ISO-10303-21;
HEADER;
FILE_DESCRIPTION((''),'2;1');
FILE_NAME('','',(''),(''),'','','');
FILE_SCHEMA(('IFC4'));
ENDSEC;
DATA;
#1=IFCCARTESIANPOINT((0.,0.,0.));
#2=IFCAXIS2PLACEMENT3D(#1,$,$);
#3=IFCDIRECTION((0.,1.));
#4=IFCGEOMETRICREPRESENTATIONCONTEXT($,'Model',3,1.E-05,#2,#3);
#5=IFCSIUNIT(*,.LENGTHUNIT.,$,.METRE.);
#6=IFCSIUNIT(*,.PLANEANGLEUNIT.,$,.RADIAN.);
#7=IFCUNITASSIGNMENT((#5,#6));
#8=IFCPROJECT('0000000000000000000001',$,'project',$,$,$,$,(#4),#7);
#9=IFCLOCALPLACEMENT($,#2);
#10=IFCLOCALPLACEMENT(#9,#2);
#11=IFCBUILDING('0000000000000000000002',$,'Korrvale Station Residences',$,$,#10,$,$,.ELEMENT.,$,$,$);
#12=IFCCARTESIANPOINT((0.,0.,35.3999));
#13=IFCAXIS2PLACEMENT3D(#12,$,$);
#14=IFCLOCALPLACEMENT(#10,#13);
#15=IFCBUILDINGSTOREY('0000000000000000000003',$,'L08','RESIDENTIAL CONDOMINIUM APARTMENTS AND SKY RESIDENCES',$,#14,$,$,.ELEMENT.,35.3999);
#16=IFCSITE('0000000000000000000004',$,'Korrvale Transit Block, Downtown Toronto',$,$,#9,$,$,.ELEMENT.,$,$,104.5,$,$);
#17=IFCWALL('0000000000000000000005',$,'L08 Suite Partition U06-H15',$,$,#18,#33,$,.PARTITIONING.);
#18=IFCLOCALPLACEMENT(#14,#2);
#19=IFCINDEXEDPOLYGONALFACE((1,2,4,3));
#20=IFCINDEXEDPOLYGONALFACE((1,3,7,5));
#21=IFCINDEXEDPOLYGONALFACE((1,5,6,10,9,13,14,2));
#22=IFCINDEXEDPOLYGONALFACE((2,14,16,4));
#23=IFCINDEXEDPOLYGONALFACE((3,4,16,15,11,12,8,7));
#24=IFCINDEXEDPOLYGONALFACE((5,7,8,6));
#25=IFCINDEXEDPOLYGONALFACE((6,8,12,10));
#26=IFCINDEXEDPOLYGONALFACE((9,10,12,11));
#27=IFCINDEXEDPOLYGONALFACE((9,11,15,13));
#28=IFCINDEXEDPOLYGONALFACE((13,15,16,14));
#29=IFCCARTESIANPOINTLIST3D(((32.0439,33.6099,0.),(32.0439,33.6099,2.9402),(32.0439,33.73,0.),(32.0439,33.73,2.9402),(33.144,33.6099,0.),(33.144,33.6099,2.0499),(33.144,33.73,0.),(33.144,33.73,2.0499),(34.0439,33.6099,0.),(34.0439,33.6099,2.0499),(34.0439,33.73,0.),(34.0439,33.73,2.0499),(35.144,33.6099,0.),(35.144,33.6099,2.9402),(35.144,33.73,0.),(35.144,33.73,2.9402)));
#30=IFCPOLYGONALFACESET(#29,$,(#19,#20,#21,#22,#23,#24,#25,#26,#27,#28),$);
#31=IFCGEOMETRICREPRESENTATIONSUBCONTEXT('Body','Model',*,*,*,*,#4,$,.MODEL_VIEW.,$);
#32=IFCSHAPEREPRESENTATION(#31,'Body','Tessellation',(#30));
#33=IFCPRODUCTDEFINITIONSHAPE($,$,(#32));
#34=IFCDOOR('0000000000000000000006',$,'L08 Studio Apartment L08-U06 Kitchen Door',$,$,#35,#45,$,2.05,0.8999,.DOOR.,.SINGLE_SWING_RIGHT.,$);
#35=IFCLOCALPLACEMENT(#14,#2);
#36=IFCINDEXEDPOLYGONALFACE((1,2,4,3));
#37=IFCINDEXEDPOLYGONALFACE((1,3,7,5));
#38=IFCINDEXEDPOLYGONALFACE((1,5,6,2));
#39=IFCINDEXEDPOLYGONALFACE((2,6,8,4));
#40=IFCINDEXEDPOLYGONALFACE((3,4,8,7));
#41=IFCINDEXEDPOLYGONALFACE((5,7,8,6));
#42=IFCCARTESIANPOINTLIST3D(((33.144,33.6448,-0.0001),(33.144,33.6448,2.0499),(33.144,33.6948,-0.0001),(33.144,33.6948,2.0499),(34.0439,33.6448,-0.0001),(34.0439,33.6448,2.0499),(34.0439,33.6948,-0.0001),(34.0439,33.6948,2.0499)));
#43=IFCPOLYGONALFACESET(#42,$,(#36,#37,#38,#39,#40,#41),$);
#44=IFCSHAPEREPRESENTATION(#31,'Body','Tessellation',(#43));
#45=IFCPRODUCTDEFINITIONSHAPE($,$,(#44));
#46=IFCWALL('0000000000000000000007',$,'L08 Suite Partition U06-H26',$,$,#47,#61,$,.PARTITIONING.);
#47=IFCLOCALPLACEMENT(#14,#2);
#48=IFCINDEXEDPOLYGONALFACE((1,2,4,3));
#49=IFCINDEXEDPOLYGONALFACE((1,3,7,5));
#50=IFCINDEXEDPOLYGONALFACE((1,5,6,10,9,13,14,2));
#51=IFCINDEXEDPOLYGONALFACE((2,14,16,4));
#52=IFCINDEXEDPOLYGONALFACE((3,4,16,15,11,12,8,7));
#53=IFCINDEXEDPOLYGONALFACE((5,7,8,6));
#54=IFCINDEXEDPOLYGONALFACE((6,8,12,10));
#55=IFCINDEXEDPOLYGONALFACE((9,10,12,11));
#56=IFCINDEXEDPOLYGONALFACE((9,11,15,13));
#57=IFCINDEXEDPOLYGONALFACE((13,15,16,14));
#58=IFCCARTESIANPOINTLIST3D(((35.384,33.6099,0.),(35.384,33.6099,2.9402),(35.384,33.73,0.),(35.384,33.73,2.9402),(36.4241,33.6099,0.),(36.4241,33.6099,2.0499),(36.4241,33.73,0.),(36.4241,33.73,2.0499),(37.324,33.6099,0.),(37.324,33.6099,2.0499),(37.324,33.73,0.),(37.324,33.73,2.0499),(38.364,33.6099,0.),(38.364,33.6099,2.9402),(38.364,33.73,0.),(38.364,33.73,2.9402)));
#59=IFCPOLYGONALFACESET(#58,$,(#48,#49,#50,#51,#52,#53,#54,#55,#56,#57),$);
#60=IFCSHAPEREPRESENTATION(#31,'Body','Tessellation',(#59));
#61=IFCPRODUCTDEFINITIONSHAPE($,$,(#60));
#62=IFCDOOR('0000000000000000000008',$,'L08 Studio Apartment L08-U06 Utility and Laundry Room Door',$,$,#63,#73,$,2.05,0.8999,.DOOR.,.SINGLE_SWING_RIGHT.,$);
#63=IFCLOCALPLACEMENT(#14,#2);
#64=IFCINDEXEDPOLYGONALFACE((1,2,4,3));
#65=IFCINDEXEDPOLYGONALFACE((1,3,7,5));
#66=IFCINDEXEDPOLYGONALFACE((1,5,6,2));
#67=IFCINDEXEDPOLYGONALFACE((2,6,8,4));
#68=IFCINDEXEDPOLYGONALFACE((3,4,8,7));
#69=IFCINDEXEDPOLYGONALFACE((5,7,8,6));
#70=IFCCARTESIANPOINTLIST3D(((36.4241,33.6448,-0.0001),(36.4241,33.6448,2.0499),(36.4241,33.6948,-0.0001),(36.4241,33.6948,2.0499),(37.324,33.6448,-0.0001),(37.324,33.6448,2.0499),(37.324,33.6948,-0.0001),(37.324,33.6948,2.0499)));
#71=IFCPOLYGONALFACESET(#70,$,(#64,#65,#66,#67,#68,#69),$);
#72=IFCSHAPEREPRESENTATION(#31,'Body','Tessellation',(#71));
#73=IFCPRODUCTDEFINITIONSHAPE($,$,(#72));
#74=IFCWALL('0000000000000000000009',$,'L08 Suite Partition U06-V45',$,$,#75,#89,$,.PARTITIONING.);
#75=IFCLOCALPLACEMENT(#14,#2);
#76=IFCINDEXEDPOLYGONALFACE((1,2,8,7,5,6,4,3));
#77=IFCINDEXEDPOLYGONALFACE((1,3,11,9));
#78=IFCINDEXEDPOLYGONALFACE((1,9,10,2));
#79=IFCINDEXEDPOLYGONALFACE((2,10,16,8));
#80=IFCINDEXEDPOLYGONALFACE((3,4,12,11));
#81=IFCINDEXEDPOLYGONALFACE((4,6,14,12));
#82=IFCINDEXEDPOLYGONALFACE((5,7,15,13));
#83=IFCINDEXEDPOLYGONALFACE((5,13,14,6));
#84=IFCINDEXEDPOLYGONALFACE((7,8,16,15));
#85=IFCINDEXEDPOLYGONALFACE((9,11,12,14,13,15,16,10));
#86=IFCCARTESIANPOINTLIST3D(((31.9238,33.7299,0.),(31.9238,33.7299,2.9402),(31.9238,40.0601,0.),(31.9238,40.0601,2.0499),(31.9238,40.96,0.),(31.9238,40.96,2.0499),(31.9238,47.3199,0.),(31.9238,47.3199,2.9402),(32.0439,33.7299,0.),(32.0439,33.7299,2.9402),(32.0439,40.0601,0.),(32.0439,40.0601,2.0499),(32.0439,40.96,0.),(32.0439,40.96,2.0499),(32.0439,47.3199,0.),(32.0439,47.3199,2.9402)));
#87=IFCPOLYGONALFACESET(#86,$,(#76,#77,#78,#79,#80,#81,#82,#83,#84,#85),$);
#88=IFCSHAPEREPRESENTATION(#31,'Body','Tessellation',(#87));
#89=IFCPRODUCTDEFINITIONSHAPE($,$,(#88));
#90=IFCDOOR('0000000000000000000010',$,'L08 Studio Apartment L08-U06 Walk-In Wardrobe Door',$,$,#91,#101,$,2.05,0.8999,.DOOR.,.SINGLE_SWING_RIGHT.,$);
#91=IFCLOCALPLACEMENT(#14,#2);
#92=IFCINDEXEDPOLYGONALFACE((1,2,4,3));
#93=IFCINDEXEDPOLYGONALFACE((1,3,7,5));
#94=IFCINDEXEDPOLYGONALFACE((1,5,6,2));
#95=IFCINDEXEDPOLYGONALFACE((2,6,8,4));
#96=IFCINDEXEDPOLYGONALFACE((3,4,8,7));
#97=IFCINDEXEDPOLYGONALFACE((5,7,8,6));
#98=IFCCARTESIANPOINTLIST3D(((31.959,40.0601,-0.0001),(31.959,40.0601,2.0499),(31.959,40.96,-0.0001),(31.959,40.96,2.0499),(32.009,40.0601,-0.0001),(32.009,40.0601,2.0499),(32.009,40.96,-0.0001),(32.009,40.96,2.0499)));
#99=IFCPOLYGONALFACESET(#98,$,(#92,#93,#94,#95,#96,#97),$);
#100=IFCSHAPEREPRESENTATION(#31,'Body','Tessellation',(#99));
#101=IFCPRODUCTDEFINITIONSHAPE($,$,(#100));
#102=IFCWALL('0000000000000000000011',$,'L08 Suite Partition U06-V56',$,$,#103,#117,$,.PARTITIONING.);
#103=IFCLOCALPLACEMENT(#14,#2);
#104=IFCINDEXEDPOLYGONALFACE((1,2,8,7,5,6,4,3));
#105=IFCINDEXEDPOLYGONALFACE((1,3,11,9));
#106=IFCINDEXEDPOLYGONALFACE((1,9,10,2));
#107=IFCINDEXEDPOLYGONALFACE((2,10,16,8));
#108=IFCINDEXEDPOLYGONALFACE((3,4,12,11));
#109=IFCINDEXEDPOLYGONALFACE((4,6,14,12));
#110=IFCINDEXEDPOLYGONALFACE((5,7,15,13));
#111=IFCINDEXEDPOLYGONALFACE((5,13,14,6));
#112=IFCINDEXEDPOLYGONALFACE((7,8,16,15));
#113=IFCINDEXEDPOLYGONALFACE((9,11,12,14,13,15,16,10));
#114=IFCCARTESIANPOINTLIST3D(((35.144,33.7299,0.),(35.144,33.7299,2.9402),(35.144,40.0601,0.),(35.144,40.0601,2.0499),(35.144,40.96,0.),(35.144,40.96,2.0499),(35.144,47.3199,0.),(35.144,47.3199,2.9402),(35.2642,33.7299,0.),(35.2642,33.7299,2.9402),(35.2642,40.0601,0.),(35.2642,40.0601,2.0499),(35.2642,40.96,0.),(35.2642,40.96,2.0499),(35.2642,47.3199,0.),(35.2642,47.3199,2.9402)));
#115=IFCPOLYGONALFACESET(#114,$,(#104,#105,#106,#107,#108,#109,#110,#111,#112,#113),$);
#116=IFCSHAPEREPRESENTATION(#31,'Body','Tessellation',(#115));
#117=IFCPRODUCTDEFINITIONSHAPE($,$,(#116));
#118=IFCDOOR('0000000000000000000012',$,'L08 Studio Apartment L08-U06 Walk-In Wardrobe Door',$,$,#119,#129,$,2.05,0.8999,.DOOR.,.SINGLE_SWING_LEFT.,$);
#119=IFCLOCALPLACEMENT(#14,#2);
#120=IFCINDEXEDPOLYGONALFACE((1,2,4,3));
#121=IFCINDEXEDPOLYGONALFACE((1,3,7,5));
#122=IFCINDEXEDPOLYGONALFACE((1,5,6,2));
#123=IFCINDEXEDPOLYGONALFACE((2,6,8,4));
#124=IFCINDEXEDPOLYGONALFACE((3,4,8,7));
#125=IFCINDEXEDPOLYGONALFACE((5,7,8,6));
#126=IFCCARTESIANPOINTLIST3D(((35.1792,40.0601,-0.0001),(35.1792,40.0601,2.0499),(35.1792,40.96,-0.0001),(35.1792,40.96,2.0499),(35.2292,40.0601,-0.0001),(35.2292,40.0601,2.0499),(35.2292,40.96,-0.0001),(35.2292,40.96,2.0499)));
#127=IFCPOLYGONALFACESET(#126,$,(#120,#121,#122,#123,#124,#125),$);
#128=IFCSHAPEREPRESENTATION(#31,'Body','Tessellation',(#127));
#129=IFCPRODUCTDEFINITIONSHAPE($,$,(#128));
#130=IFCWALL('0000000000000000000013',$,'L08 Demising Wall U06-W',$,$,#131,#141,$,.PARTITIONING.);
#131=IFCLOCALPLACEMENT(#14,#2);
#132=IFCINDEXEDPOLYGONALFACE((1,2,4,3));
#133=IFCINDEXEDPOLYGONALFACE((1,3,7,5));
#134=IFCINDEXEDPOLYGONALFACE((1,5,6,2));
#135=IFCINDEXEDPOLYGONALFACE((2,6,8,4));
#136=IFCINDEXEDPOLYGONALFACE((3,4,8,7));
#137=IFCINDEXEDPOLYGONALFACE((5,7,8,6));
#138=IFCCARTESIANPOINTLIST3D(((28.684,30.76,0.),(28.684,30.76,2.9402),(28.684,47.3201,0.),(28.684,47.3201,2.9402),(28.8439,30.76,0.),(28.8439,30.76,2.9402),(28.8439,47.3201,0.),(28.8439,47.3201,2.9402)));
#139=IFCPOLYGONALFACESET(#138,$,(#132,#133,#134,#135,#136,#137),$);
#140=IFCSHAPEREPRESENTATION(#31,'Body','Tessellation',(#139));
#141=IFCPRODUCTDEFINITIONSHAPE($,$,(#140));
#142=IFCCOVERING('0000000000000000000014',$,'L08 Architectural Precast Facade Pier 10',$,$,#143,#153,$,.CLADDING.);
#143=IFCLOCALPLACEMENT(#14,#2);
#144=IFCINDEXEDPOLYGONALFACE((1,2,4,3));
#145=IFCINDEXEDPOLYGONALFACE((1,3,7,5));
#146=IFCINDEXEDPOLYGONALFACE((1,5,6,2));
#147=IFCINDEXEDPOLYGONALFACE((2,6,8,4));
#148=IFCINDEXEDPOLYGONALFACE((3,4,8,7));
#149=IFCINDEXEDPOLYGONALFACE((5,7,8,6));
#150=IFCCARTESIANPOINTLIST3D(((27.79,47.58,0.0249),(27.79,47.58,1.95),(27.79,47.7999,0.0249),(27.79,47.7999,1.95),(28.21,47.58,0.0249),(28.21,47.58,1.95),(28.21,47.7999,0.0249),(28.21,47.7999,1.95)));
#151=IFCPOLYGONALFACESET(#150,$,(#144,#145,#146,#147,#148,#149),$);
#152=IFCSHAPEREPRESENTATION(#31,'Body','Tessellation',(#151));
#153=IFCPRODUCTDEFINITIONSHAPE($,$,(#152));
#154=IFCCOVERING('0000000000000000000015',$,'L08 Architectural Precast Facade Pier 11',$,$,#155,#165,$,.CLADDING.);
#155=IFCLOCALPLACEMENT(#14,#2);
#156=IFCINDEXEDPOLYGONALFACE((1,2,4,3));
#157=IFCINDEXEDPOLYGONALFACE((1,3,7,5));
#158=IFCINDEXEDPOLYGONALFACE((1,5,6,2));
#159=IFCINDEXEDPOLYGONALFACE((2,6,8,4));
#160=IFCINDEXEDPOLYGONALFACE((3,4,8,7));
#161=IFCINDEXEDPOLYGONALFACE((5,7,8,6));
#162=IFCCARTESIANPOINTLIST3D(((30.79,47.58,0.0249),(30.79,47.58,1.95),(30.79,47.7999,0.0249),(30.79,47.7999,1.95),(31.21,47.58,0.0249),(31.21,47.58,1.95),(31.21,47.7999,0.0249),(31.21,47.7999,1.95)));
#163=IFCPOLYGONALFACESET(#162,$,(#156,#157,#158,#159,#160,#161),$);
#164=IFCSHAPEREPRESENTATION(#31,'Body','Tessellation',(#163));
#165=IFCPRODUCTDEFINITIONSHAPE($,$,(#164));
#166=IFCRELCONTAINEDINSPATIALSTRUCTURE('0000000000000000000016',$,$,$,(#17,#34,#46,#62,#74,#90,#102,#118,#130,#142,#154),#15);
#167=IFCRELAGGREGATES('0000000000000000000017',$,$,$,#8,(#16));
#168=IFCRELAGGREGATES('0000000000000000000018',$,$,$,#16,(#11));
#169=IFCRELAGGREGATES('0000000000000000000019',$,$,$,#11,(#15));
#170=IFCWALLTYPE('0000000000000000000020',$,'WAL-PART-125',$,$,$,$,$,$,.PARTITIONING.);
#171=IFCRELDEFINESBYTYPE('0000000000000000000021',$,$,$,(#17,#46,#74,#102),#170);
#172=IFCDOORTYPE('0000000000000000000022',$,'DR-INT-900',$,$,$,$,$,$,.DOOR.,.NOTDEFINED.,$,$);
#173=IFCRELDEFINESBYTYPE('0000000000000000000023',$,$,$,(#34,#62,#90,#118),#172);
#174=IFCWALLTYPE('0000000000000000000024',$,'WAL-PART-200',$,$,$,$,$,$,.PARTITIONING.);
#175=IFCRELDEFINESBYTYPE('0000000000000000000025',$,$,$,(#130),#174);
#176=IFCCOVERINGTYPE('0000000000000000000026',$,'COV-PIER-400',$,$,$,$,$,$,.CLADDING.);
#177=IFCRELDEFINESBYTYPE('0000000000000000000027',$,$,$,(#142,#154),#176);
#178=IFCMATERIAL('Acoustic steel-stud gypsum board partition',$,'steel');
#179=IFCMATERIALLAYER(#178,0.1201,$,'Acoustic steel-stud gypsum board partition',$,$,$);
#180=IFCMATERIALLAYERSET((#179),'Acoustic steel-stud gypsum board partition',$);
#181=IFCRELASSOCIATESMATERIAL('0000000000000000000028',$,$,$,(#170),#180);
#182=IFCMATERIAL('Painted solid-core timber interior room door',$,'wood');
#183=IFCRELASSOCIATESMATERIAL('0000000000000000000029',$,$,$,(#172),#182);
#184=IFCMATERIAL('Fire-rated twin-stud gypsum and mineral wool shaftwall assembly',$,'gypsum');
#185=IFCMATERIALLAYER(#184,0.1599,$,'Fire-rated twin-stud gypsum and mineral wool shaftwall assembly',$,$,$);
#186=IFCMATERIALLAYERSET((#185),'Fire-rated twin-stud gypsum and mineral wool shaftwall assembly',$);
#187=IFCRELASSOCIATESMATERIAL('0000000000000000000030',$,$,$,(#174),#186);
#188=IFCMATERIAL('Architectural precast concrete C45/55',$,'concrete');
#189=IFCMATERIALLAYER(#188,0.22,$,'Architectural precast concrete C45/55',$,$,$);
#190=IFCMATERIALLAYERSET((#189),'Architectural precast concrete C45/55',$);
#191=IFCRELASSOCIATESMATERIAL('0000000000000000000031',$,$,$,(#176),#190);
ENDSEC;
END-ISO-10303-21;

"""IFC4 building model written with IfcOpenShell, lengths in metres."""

from ifc_helpers import new_model, si_unit, direction, frame, frame_2d, origin, origin_2d, place, context, subcontext, project, spatial, rectangle, extrude, material, layer, layer_set, type_object, element, fill, save


model = new_model("IFC4")

# Units and contexts
model_context = context("Model", 3, precision=1e-05, world=origin(), true_north=direction((0.0, 1.0)))
body_context = subcontext(model_context, "Body", "Model", "MODEL_VIEW")
ifc_project = project(units=[si_unit("LENGTHUNIT", "METRE"), si_unit("PLANEANGLEUNIT", "RADIAN")], contexts=[model_context])

# Site, building, storey
site_placement = place(None, origin())
site = spatial("IfcSite", under=ifc_project, at=site_placement, Name="Korrvale Transit Block, Downtown Toronto", CompositionType="ELEMENT", RefElevation=104.5)
building_placement = place(site_placement, origin())
building = spatial("IfcBuilding", under=site, at=building_placement, Name="Korrvale Station Residences", CompositionType="ELEMENT")
storey_placement = place(building_placement, frame((0.0, 0.0, 35.3999)))
storey = spatial("IfcBuildingStorey", under=building, at=storey_placement, Name="L08", Description="RESIDENTIAL CONDOMINIUM APARTMENTS AND SKY RESIDENCES", CompositionType="ELEMENT", Elevation=35.3999)

# Shared definitions
ifc_material_1 = material(Name="Acoustic steel-stud gypsum board partition", Category="steel")
ifc_layer_1 = layer(ifc_material_1, 0.1201, Name="Acoustic steel-stud gypsum board partition")
ifc_layer_set_1 = layer_set([ifc_layer_1], Name="Acoustic steel-stud gypsum board partition")
wall_type_1 = type_object("IfcWallType", Name="WAL-PART-125", PredefinedType="PARTITIONING", material=ifc_layer_set_1)

# Shared definitions
ifc_material_2 = material(Name="Painted solid-core timber interior room door", Category="wood")
door_type_1 = type_object("IfcDoorType", Name="DR-INT-900", OperationType="NOTDEFINED", PredefinedType="DOOR", material=ifc_material_2)

# Walls, openings, doors
wall_1_placement = place(storey_placement, frame((32.0439, 33.6699, 0.0), z_axis=(0.0, 0.0, 1.0), x_axis=(1.0, 0.0, 0.0)))
wall_1 = element("IfcWall", 1, at=wall_1_placement, inside=storey, type_object=wall_type_1, Name="L08 Suite Partition U06-H15", PredefinedType="PARTITIONING", context=body_context, shape_type="SweptSolid", body=[
    extrude(rectangle(XDim=3.1001, YDim=0.1201, at=frame_2d((1.55, 0.0))), origin(), (0.0, 0.0, 1.0), 2.9402),
])
opening_1_placement = place(wall_1_placement, frame((1.1001, 0.0, 0.0)))
opening_1 = element("IfcOpeningElement", 2, at=opening_1_placement, cuts=wall_1, PredefinedType="OPENING", context=body_context, shape_type="SweptSolid", body=[
    extrude(rectangle(XDim=0.8999, YDim=2.05, at=frame_2d((0.45, 1.0249))), frame((0.0, 0.0701, 0.0), z_axis=(0.0, -1.0, 0.0), x_axis=(1.0, 0.0, 0.0)), (0.0, 0.0, 1.0), 0.1401),
])
door_1_placement = place(opening_1_placement, origin())
door_1 = element("IfcDoor", 3, at=door_1_placement, inside=storey, type_object=door_type_1, Name="L08 Studio Apartment L08-U06 Kitchen Door", OperationType="SINGLE_SWING_RIGHT", OverallHeight=2.05, OverallWidth=0.8999, PredefinedType="DOOR", context=body_context, shape_type="SweptSolid", body=[
    extrude(rectangle(XDim=0.8999, YDim=2.05, at=frame_2d((0.45, 1.0249))), frame((0.0, 0.0249, 0.0), z_axis=(0.0, -1.0, 0.0), x_axis=(1.0, 0.0, 0.0)), (0.0, 0.0, 1.0), 0.05),
])
fill(opening_1, door_1)
wall_2_placement = place(storey_placement, frame((35.384, 33.6699, 0.0), z_axis=(0.0, 0.0, 1.0), x_axis=(1.0, 0.0, 0.0)))
wall_2 = element("IfcWall", 4, at=wall_2_placement, inside=storey, type_object=wall_type_1, Name="L08 Suite Partition U06-H26", PredefinedType="PARTITIONING", context=body_context, shape_type="SweptSolid", body=[
    extrude(rectangle(XDim=2.98, YDim=0.1201, at=frame_2d((1.49, 0.0))), origin(), (0.0, 0.0, 1.0), 2.9402),
])
opening_2_placement = place(wall_2_placement, frame((1.04, 0.0, 0.0)))
opening_2 = element("IfcOpeningElement", 5, at=opening_2_placement, cuts=wall_2, PredefinedType="OPENING", context=body_context, shape_type="SweptSolid", body=[
    extrude(rectangle(XDim=0.8999, YDim=2.05, at=frame_2d((0.45, 1.0249))), frame((0.0, 0.0701, 0.0), z_axis=(0.0, -1.0, 0.0), x_axis=(1.0, 0.0, 0.0)), (0.0, 0.0, 1.0), 0.1401),
])
door_2_placement = place(opening_2_placement, origin())
door_2 = element("IfcDoor", 6, at=door_2_placement, inside=storey, type_object=door_type_1, Name="L08 Studio Apartment L08-U06 Utility and Laundry Room Door", OperationType="SINGLE_SWING_RIGHT", OverallHeight=2.05, OverallWidth=0.8999, PredefinedType="DOOR", context=body_context, shape_type="SweptSolid", body=[
    extrude(rectangle(XDim=0.8999, YDim=2.05, at=frame_2d((0.45, 1.0249))), frame((0.0, 0.0249, 0.0), z_axis=(0.0, -1.0, 0.0), x_axis=(1.0, 0.0, 0.0)), (0.0, 0.0, 1.0), 0.05),
])
fill(opening_2, door_2)
wall_3_placement = place(storey_placement, frame((31.9839, 33.73, 0.0), z_axis=(0.0, 0.0, 1.0), x_axis=(0.0, 1.0, 0.0)))
wall_3 = element("IfcWall", 7, at=wall_3_placement, inside=storey, type_object=wall_type_1, Name="L08 Suite Partition U06-V45", PredefinedType="PARTITIONING", context=body_context, shape_type="SweptSolid", body=[
    extrude(rectangle(XDim=13.5901, YDim=0.1201, at=frame_2d((6.7949, 0.0))), origin(), (0.0, 0.0, 1.0), 2.9402),
])
opening_3_placement = place(wall_3_placement, frame((6.3301, 0.0, 0.0)))
opening_3 = element("IfcOpeningElement", 8, at=opening_3_placement, cuts=wall_3, PredefinedType="OPENING", context=body_context, shape_type="SweptSolid", body=[
    extrude(rectangle(XDim=0.8999, YDim=2.05, at=frame_2d((0.45, 1.0249))), frame((0.0, 0.0701, 0.0), z_axis=(0.0, -1.0, 0.0), x_axis=(1.0, 0.0, 0.0)), (0.0, 0.0, 1.0), 0.1401),
])
door_3_placement = place(opening_3_placement, origin())
door_3 = element("IfcDoor", 9, at=door_3_placement, inside=storey, type_object=door_type_1, Name="L08 Studio Apartment L08-U06 Walk-In Wardrobe Door", OperationType="SINGLE_SWING_RIGHT", OverallHeight=2.05, OverallWidth=0.8999, PredefinedType="DOOR", context=body_context, shape_type="SweptSolid", body=[
    extrude(rectangle(XDim=0.8999, YDim=2.05, at=frame_2d((0.45, 1.0249))), frame((0.0, 0.0249, 0.0), z_axis=(0.0, -1.0, 0.0), x_axis=(1.0, 0.0, 0.0)), (0.0, 0.0, 1.0), 0.05),
])
fill(opening_3, door_3)
wall_4_placement = place(storey_placement, frame((35.2041, 33.73, 0.0), z_axis=(0.0, 0.0, 1.0), x_axis=(0.0, 1.0, 0.0)))
wall_4 = element("IfcWall", 10, at=wall_4_placement, inside=storey, type_object=wall_type_1, Name="L08 Suite Partition U06-V56", PredefinedType="PARTITIONING", context=body_context, shape_type="SweptSolid", body=[
    extrude(rectangle(XDim=13.5901, YDim=0.1201, at=frame_2d((6.7949, 0.0))), origin(), (0.0, 0.0, 1.0), 2.9402),
])
opening_4_placement = place(wall_4_placement, frame((6.3301, 0.0, 0.0)))
opening_4 = element("IfcOpeningElement", 11, at=opening_4_placement, cuts=wall_4, PredefinedType="OPENING", context=body_context, shape_type="SweptSolid", body=[
    extrude(rectangle(XDim=0.8999, YDim=2.05, at=frame_2d((0.45, 1.0249))), frame((0.0, 0.0701, 0.0), z_axis=(0.0, -1.0, 0.0), x_axis=(1.0, 0.0, 0.0)), (0.0, 0.0, 1.0), 0.1401),
])
door_4_placement = place(opening_4_placement, origin())
door_4 = element("IfcDoor", 12, at=door_4_placement, inside=storey, type_object=door_type_1, Name="L08 Studio Apartment L08-U06 Walk-In Wardrobe Door", OperationType="SINGLE_SWING_LEFT", OverallHeight=2.05, OverallWidth=0.8999, PredefinedType="DOOR", context=body_context, shape_type="SweptSolid", body=[
    extrude(rectangle(XDim=0.8999, YDim=2.05, at=frame_2d((0.45, 1.0249))), frame((0.0, 0.0249, 0.0), z_axis=(0.0, -1.0, 0.0), x_axis=(1.0, 0.0, 0.0)), (0.0, 0.0, 1.0), 0.05),
])
fill(opening_4, door_4)

# Wall
ifc_material_3 = material(Name="Fire-rated twin-stud gypsum and mineral wool shaftwall assembly", Category="gypsum")
ifc_layer_2 = layer(ifc_material_3, 0.1599, Name="Fire-rated twin-stud gypsum and mineral wool shaftwall assembly")
ifc_layer_set_2 = layer_set([ifc_layer_2], Name="Fire-rated twin-stud gypsum and mineral wool shaftwall assembly")
wall_type_2 = type_object("IfcWallType", Name="WAL-PART-200", PredefinedType="PARTITIONING", material=ifc_layer_set_2)
wall_5_placement = place(storey_placement, frame((28.7639, 30.76, 0.0), z_axis=(0.0, 0.0, 1.0), x_axis=(0.0, 1.0, 0.0)))
element("IfcWall", 13, at=wall_5_placement, inside=storey, type_object=wall_type_2, Name="L08 Demising Wall U06-W", PredefinedType="PARTITIONING", context=body_context, shape_type="SweptSolid", body=[
    extrude(rectangle(XDim=16.5601, YDim=0.1599, at=frame_2d((8.28, 0.0))), origin(), (0.0, 0.0, 1.0), 2.9402),
])

# Coverings
ifc_material_4 = material(Name="Architectural precast concrete C45/55", Category="concrete")
ifc_layer_3 = layer(ifc_material_4, 0.22, Name="Architectural precast concrete C45/55")
ifc_layer_set_3 = layer_set([ifc_layer_3], Name="Architectural precast concrete C45/55")
covering_type = type_object("IfcCoveringType", Name="COV-PIER-400", PredefinedType="CLADDING", material=ifc_layer_set_3)
for number, where, z_axis, x_axis, name in (
    (14, (28.0, 47.6899, 0.0249), (0.0, 0.0, 1.0), (1.0, 0.0, 0.0), "L08 Architectural Precast Facade Pier 10"),
    (15, (31.0, 47.6899, 0.0249), (0.0, 0.0, 1.0), (1.0, 0.0, 0.0), "L08 Architectural Precast Facade Pier 11"),
):
    element("IfcCovering", number, at=place(storey_placement, frame(where, z_axis=z_axis, x_axis=x_axis)), inside=storey, type_object=covering_type, Name=name, PredefinedType="CLADDING", context=body_context, shape_type="SweptSolid", body=[
        extrude(rectangle(XDim=0.4199, YDim=0.22, at=origin_2d()), origin(), (0.0, 0.0, 1.0), 1.925),
    ])

save(model, "model.ifc")
